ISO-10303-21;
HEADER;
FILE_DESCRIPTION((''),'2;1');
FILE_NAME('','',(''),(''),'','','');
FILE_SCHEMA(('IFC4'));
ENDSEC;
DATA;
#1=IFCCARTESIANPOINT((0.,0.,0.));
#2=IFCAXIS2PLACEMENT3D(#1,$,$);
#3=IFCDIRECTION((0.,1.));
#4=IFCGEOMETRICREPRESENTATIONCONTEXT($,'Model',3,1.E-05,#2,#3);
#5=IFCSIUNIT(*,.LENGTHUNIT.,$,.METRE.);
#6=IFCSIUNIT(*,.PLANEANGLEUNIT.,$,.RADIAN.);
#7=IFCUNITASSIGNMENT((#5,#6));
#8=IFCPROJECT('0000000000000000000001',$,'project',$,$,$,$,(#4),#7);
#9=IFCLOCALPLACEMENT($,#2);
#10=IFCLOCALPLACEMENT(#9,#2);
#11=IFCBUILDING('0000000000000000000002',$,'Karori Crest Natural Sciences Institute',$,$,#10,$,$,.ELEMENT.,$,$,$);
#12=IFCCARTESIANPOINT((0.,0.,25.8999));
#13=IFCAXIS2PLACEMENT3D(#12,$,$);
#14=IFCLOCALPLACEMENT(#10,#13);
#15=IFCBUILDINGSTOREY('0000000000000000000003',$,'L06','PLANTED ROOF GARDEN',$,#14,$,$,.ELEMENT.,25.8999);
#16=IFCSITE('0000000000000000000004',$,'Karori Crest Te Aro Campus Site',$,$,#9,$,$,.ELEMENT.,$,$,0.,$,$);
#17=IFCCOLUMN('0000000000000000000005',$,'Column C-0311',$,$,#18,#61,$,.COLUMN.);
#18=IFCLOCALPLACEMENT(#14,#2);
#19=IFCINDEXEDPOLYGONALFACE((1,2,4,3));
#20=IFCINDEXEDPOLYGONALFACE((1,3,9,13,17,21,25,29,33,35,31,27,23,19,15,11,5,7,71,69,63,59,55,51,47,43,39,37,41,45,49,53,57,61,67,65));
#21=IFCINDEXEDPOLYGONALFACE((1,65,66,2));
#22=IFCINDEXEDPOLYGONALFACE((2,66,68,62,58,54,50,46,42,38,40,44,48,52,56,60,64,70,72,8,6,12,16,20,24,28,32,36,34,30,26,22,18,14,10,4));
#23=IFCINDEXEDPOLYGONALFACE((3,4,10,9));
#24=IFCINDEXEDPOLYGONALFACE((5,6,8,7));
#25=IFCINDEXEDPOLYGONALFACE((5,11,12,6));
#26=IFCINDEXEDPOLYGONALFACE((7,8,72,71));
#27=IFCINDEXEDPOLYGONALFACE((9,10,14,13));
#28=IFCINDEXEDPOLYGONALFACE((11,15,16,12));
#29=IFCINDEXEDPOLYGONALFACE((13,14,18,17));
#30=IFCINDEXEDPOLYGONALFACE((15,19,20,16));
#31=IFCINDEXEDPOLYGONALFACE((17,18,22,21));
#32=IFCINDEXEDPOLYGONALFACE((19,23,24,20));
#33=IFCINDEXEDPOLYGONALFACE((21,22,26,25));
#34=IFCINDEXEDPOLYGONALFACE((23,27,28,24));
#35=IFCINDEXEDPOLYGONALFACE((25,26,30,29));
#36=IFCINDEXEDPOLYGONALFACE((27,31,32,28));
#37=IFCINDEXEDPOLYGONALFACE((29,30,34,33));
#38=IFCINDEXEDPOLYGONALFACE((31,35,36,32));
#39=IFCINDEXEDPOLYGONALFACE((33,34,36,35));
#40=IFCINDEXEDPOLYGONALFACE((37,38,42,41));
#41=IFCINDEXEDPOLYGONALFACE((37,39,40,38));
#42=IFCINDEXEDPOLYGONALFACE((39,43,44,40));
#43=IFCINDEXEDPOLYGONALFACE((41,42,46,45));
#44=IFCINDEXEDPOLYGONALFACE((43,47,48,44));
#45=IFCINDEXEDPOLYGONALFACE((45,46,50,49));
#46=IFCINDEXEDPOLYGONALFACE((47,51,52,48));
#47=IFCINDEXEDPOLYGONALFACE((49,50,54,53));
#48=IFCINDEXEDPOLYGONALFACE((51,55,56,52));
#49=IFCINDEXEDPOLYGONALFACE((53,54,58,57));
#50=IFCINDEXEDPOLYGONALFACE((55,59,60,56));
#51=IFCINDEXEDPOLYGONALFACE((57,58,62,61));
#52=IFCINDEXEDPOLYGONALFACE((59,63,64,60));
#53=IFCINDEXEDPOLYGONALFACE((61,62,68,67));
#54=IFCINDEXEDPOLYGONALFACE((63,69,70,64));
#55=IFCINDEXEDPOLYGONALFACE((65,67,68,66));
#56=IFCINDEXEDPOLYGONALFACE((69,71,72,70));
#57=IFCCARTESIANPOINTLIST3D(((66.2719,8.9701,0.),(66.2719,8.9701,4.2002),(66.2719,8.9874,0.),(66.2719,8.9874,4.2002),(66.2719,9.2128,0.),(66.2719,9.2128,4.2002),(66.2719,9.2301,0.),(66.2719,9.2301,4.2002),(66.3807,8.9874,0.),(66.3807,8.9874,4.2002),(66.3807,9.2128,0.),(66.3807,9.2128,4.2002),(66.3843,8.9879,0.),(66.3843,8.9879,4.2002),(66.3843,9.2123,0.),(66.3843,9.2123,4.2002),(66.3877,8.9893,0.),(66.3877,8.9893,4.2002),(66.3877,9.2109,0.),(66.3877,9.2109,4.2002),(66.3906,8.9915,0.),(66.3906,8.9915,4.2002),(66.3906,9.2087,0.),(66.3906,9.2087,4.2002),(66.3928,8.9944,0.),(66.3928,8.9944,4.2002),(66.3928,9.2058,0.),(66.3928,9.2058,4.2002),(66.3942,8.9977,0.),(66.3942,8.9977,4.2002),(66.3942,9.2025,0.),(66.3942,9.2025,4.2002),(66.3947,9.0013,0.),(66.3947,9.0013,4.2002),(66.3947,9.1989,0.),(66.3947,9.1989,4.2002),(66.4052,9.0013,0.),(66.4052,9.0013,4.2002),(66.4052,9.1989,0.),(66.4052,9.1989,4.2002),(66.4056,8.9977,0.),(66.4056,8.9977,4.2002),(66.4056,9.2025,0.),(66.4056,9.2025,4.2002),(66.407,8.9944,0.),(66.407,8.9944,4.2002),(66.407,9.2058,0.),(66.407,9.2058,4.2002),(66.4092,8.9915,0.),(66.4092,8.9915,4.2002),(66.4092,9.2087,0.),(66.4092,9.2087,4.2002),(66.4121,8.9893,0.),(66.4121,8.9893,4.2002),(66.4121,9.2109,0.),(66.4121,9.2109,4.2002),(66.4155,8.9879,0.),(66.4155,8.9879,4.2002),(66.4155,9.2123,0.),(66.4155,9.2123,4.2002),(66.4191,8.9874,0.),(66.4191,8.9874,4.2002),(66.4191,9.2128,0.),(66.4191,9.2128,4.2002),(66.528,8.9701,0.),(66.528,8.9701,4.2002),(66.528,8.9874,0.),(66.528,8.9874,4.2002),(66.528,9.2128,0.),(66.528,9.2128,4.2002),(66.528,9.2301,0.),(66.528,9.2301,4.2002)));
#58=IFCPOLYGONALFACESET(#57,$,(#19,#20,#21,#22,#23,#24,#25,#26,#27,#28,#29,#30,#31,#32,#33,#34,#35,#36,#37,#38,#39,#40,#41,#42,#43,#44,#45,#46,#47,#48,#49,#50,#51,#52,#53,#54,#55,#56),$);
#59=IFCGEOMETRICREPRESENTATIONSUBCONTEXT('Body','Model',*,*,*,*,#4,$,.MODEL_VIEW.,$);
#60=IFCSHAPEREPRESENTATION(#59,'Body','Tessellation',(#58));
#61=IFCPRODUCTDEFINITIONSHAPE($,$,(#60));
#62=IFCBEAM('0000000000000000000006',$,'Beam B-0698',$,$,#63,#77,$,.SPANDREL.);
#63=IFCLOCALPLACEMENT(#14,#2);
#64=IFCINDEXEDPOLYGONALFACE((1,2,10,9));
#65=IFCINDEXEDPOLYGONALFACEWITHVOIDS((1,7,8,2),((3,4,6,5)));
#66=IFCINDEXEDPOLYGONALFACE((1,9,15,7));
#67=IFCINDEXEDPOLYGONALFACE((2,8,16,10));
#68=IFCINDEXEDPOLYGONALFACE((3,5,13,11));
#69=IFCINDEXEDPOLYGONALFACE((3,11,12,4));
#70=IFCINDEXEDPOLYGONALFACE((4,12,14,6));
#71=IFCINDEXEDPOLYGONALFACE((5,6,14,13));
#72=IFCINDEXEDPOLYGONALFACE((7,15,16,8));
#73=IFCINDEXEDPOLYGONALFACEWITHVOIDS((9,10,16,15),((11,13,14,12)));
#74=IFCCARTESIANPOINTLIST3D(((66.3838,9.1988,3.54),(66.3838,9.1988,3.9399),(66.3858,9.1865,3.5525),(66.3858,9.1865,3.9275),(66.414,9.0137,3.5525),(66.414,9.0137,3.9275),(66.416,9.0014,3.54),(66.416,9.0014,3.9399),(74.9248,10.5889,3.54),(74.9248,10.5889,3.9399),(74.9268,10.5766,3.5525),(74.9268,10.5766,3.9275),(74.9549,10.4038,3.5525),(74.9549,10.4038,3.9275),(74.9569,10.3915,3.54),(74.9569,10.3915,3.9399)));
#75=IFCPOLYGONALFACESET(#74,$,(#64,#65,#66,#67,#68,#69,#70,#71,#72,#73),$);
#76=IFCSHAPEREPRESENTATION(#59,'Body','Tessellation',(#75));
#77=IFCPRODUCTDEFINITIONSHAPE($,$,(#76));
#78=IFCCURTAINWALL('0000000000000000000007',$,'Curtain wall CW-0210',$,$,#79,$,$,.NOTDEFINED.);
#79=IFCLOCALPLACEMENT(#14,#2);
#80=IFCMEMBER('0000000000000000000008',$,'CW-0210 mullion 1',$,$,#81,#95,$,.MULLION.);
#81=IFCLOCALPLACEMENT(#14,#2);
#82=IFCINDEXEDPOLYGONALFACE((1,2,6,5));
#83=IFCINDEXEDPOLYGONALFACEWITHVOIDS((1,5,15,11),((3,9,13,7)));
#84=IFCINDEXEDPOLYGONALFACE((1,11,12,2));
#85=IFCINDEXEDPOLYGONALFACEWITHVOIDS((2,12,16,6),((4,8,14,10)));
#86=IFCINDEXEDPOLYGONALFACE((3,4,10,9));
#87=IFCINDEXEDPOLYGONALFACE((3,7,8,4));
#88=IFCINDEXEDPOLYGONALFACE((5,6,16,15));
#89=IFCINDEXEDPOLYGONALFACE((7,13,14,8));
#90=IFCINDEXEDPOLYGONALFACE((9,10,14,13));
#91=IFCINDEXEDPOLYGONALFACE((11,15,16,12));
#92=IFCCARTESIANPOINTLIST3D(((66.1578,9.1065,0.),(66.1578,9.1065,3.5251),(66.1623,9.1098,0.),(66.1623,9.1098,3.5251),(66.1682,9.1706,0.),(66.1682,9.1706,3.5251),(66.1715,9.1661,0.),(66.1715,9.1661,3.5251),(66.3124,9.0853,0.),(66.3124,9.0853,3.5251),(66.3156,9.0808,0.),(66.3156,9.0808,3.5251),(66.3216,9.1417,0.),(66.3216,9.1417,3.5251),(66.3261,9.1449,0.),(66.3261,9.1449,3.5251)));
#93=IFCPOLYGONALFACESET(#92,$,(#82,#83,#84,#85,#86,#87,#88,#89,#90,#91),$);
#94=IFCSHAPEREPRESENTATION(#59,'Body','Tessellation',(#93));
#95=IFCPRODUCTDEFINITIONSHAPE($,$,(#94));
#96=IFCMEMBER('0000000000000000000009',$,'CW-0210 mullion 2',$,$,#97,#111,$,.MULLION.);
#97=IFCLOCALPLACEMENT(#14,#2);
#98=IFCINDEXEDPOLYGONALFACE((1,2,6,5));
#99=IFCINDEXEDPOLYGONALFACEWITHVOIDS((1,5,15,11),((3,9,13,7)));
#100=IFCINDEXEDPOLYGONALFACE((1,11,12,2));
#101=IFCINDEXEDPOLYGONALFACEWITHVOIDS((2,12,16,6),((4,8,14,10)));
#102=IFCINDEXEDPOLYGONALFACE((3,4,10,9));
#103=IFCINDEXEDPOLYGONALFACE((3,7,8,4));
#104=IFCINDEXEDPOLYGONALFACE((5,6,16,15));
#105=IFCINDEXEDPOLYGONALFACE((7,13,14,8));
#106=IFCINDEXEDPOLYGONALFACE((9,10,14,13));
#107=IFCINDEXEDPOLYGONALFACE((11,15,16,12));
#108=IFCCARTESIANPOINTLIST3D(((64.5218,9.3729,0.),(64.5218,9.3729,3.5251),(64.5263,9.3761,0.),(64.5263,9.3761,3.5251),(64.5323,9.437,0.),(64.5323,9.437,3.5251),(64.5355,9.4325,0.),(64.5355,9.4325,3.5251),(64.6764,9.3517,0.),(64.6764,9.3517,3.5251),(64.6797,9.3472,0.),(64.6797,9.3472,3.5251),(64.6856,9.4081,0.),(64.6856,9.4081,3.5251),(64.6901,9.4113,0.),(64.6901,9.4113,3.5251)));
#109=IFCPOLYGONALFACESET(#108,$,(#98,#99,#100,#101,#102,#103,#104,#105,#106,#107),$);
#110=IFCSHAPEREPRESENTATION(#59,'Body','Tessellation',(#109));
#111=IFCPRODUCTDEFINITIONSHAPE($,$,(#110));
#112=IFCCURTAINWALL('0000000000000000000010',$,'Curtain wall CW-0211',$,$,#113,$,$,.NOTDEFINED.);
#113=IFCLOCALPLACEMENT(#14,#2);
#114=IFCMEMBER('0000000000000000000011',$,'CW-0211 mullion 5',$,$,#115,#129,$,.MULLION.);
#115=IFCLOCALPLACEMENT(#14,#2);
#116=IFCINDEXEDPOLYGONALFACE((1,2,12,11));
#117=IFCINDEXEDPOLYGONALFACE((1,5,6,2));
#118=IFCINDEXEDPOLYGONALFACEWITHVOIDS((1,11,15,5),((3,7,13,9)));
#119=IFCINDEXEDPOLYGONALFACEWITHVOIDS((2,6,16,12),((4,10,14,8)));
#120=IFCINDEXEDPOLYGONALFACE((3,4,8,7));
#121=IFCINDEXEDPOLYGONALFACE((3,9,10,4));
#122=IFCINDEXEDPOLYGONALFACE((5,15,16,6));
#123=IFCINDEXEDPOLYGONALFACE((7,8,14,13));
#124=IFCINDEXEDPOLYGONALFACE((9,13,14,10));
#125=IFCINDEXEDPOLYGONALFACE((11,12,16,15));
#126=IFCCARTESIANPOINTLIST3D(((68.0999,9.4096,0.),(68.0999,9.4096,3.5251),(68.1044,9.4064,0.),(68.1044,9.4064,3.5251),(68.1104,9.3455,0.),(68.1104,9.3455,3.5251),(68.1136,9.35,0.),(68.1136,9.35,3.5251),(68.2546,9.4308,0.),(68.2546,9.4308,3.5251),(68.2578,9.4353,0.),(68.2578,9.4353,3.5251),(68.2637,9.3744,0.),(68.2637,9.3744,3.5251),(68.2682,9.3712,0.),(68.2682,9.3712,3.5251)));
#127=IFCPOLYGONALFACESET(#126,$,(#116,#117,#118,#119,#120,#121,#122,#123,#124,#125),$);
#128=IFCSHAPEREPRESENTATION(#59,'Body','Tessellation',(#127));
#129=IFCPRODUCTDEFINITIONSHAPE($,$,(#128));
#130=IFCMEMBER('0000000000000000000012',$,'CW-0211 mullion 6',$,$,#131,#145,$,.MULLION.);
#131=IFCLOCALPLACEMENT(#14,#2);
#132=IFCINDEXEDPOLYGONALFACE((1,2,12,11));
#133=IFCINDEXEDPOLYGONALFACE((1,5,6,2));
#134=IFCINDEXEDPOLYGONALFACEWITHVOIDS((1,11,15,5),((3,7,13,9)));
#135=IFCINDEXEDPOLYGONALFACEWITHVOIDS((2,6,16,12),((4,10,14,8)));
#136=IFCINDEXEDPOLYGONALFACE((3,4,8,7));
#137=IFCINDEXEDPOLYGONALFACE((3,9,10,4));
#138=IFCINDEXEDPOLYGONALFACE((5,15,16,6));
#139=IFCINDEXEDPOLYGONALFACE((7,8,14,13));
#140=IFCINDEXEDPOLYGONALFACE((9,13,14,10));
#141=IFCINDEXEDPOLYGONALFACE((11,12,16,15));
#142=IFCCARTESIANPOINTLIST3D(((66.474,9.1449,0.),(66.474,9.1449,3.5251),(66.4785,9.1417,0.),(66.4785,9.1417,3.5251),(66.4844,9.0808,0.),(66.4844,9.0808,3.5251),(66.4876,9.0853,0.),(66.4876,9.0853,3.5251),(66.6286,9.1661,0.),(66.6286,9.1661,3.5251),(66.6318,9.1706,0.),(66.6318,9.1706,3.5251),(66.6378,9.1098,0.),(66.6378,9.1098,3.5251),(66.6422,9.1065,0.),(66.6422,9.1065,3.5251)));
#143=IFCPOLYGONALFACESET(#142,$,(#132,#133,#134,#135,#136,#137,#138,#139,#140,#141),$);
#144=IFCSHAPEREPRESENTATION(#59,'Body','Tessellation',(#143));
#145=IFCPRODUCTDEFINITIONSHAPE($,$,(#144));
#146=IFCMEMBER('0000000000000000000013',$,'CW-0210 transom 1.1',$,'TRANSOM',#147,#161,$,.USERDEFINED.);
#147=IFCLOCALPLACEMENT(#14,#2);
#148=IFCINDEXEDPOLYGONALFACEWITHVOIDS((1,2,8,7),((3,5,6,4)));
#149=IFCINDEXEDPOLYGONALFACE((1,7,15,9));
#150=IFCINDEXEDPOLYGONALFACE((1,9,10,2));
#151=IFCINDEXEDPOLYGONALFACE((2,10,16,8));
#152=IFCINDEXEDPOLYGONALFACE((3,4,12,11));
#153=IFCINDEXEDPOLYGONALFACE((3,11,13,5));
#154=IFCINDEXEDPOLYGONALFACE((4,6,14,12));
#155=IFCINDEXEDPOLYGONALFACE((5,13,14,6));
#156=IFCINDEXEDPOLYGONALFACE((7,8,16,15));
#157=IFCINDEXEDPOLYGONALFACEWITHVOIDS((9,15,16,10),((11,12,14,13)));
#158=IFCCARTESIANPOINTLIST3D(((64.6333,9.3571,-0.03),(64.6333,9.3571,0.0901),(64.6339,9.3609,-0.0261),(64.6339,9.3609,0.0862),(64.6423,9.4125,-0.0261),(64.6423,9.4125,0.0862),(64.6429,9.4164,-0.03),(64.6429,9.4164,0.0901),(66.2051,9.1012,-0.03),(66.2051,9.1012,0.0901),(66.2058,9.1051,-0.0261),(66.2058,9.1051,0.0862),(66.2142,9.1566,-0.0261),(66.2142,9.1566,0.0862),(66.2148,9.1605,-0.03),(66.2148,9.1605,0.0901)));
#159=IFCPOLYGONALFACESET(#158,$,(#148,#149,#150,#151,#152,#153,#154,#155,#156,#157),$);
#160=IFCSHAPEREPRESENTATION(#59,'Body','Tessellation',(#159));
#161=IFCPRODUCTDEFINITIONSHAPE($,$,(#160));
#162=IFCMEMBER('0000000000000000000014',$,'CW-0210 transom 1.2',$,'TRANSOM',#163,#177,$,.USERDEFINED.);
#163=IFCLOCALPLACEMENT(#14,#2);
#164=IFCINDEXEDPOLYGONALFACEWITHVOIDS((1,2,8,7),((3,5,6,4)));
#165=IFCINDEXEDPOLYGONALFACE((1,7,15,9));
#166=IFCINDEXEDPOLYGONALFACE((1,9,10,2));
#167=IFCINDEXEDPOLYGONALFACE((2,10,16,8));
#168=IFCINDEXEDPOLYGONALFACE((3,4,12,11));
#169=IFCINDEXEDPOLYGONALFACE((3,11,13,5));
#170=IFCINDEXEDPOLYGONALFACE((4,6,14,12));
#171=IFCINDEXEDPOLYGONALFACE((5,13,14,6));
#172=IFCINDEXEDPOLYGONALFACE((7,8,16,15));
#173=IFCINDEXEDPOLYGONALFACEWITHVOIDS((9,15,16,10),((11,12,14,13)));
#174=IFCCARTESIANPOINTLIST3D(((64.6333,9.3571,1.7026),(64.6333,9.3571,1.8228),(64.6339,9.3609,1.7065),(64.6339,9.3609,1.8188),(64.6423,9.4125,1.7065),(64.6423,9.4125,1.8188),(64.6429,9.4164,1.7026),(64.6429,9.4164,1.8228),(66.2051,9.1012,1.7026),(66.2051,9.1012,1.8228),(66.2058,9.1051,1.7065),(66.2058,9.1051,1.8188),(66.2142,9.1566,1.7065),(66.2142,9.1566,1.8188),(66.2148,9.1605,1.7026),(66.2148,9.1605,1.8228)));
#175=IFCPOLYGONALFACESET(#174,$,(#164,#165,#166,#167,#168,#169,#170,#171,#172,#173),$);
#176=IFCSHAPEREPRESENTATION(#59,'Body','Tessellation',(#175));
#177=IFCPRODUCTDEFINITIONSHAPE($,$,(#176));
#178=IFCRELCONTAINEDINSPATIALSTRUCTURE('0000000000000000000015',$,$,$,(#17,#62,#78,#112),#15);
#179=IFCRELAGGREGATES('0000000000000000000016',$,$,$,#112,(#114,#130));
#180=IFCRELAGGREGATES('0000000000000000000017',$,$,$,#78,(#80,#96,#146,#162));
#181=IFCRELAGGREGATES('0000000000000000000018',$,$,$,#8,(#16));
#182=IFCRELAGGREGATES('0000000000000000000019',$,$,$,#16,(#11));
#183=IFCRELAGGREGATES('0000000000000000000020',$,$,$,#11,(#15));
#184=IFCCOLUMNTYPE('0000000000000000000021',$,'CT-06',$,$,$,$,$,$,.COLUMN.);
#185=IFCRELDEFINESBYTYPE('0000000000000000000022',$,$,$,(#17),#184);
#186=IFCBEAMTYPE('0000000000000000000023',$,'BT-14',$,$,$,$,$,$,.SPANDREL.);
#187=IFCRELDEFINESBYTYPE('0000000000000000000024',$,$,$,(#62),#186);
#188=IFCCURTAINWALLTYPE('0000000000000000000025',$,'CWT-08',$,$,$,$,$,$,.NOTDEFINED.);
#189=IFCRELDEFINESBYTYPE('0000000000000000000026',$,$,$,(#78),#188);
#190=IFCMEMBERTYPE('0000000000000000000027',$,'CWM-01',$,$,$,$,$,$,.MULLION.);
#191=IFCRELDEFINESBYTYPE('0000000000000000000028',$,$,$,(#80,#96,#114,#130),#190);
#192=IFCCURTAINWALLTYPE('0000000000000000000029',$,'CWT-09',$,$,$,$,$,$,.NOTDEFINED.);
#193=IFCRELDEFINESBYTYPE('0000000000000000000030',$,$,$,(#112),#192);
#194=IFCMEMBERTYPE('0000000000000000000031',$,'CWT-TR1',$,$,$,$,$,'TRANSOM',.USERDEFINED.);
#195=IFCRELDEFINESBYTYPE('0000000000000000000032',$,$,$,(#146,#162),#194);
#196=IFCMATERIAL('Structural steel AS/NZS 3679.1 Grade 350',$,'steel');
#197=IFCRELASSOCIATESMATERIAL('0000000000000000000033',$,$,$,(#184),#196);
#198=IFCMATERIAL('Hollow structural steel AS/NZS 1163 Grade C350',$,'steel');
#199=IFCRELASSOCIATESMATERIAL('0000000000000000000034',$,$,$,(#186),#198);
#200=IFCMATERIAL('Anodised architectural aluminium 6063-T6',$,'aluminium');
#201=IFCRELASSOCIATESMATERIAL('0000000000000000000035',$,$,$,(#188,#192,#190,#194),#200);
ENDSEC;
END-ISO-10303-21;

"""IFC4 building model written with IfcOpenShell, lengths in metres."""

from ifc_helpers import new_model, si_unit, direction, frame, origin, origin_2d, place, context, subcontext, project, spatial, hollow_rectangle, i_section, extrude, material, material_profile, profile_set, type_object, element, aggregate, save


model = new_model("IFC4")

# Units and contexts
model_context = context("Model", 3, precision=1e-05, world=origin(), true_north=direction((0.0, 1.0)))
body_context = subcontext(model_context, "Body", "Model", "MODEL_VIEW")
ifc_project = project(units=[si_unit("LENGTHUNIT", "METRE"), si_unit("PLANEANGLEUNIT", "RADIAN")], contexts=[model_context])

# Site, building, storey
site_placement = place(None, origin())
site = spatial("IfcSite", under=ifc_project, at=site_placement, Name="Karori Crest Te Aro Campus Site", CompositionType="ELEMENT", RefElevation=0.0)
building_placement = place(site_placement, origin())
building = spatial("IfcBuilding", under=site, at=building_placement, Name="Karori Crest Natural Sciences Institute", CompositionType="ELEMENT")
storey_placement = place(building_placement, frame((0.0, 0.0, 25.8999)))
storey = spatial("IfcBuildingStorey", under=building, at=storey_placement, Name="L06", Description="PLANTED ROOF GARDEN", CompositionType="ELEMENT", Elevation=25.8999)

# Column
ifc_material_1 = material(Name="Structural steel AS/NZS 3679.1 Grade 350", Category="steel")
ifc_material_profile_1 = material_profile(ifc_material_1, i_section(OverallWidth=0.2561, OverallDepth=0.26, WebThickness=0.0105, FlangeThickness=0.0173, FilletRadius=0.0139, at=origin_2d()), Name="250UC89.5")
ifc_profile_set_1 = profile_set([ifc_material_profile_1], Name="Structural steel AS/NZS 3679.1 Grade 350")
column_type = type_object("IfcColumnType", Name="CT-06", PredefinedType="COLUMN", material=ifc_profile_set_1)
column_placement = place(storey_placement, frame((66.3999, 9.1001, 0.0), z_axis=(0.0, 0.0, 1.0), x_axis=(1.0, 0.0, 0.0)))
element("IfcColumn", 1, at=column_placement, inside=storey, type_object=column_type, Name="Column C-0311", PredefinedType="COLUMN", context=body_context, shape_type="SweptSolid", body=[
    extrude(i_section(OverallWidth=0.2561, OverallDepth=0.26, WebThickness=0.0105, FlangeThickness=0.0173, FilletRadius=0.0139, at=origin_2d()), origin(), (0.0, 0.0, 1.0), 4.2002),
])

# Beam
ifc_material_2 = material(Name="Hollow structural steel AS/NZS 1163 Grade C350", Category="steel")
ifc_material_profile_2 = material_profile(ifc_material_2, hollow_rectangle(XDim=0.2, YDim=0.3999, WallThickness=0.0125, at=origin_2d()), Name="RHS400x200x12.5")
ifc_profile_set_2 = profile_set([ifc_material_profile_2], Name="Hollow structural steel AS/NZS 1163 Grade C350")
beam_type = type_object("IfcBeamType", Name="BT-14", PredefinedType="SPANDREL", material=ifc_profile_set_2)
beam_placement = place(storey_placement, frame((66.3999, 9.1001, 3.74), z_axis=(0.987012, 0.160646, 0.0), x_axis=(-0.160646, 0.987012, 0.0)))
element("IfcBeam", 2, at=beam_placement, inside=storey, type_object=beam_type, Name="Beam B-0698", PredefinedType="SPANDREL", context=body_context, shape_type="SweptSolid", body=[
    extrude(hollow_rectangle(XDim=0.2, YDim=0.3999, WallThickness=0.0125, at=origin_2d()), origin(), (0.0, 0.0, 1.0), 8.6533),
])

# Curtain walls, members
ifc_material_3 = material(Name="Anodised architectural aluminium 6063-T6", Category="aluminium")
curtain_wall_type_1 = type_object("IfcCurtainWallType", Name="CWT-08", PredefinedType="NOTDEFINED", material=ifc_material_3)
curtain_wall_1_placement = place(storey_placement, origin())
curtain_wall_1 = element("IfcCurtainWall", 3, at=curtain_wall_1_placement, inside=storey, type_object=curtain_wall_type_1, Name="Curtain wall CW-0210", PredefinedType="NOTDEFINED")
ifc_material_profile_3 = material_profile(ifc_material_3, hollow_rectangle(XDim=0.0649, YDim=0.1599, WallThickness=0.0039, at=origin_2d()), Name="CWM160x65x4")
ifc_profile_set_3 = profile_set([ifc_material_profile_3], Name="Anodised architectural aluminium 6063-T6")
member_type_1 = type_object("IfcMemberType", Name="CWM-01", PredefinedType="MULLION", material=ifc_profile_set_3)
member_1_placement = place(storey_placement, frame((66.2419, 9.1257, 0.0), z_axis=(0.0, 0.0, 1.0), x_axis=(-0.160655, -0.987011, 0.0)))
member_1 = element("IfcMember", 4, at=member_1_placement, type_object=member_type_1, Name="CW-0210 mullion 1", PredefinedType="MULLION", context=body_context, shape_type="SweptSolid", body=[
    extrude(hollow_rectangle(XDim=0.0649, YDim=0.1599, WallThickness=0.0039, at=origin_2d()), origin(), (0.0, 0.0, 1.0), 3.5251),
])
member_2_placement = place(storey_placement, frame((64.606, 9.3921, 0.0), z_axis=(0.0, 0.0, 1.0), x_axis=(-0.160655, -0.987011, 0.0)))
member_2 = element("IfcMember", 5, at=member_2_placement, type_object=member_type_1, Name="CW-0210 mullion 2", PredefinedType="MULLION", context=body_context, shape_type="SweptSolid", body=[
    extrude(hollow_rectangle(XDim=0.0649, YDim=0.1599, WallThickness=0.0039, at=origin_2d()), origin(), (0.0, 0.0, 1.0), 3.5251),
])
curtain_wall_type_2 = type_object("IfcCurtainWallType", Name="CWT-09", PredefinedType="NOTDEFINED", material=ifc_material_3)
curtain_wall_2_placement = place(storey_placement, origin())
curtain_wall_2 = element("IfcCurtainWall", 6, at=curtain_wall_2_placement, inside=storey, type_object=curtain_wall_type_2, Name="Curtain wall CW-0211", PredefinedType="NOTDEFINED")
member_3_placement = place(storey_placement, frame((68.1841, 9.3904, 0.0), z_axis=(0.0, 0.0, 1.0), x_axis=(0.16065, -0.987011, 0.0)))
member_3 = element("IfcMember", 7, at=member_3_placement, type_object=member_type_1, Name="CW-0211 mullion 5", PredefinedType="MULLION", context=body_context, shape_type="SweptSolid", body=[
    extrude(hollow_rectangle(XDim=0.0649, YDim=0.1599, WallThickness=0.0039, at=origin_2d()), origin(), (0.0, 0.0, 1.0), 3.5251),
])
member_4_placement = place(storey_placement, frame((66.5581, 9.1257, 0.0), z_axis=(0.0, 0.0, 1.0), x_axis=(0.16065, -0.987011, 0.0)))
member_4 = element("IfcMember", 8, at=member_4_placement, type_object=member_type_1, Name="CW-0211 mullion 6", PredefinedType="MULLION", context=body_context, shape_type="SweptSolid", body=[
    extrude(hollow_rectangle(XDim=0.0649, YDim=0.1599, WallThickness=0.0039, at=origin_2d()), origin(), (0.0, 0.0, 1.0), 3.5251),
])

# Members
ifc_material_profile_4 = material_profile(ifc_material_3, hollow_rectangle(XDim=0.0601, YDim=0.1201, WallThickness=0.0039, at=origin_2d()), Name="CWT120x60x4")
ifc_profile_set_4 = profile_set([ifc_material_profile_4], Name="Anodised architectural aluminium 6063-T6")
member_type_2 = type_object("IfcMemberType", Name="CWT-TR1", ElementType="TRANSOM", PredefinedType="USERDEFINED", material=ifc_profile_set_4)
member_5_placement = place(storey_placement, frame((66.21, 9.1309, 0.03), z_axis=(-0.987008, 0.160669, 0.0), x_axis=(-0.160669, -0.987008, 0.0)))
member_5 = element("IfcMember", 9, at=member_5_placement, type_object=member_type_2, Name="CW-0210 transom 1.1", ObjectType="TRANSOM", PredefinedType="USERDEFINED", context=body_context, shape_type="SweptSolid", body=[
    extrude(hollow_rectangle(XDim=0.0601, YDim=0.1201, WallThickness=0.0039, at=origin_2d()), origin(), (0.0, 0.0, 1.0), 1.5925),
])
member_6_placement = place(storey_placement, frame((66.21, 9.1309, 1.7627), z_axis=(-0.987008, 0.160669, 0.0), x_axis=(-0.160669, -0.987008, 0.0)))
member_6 = element("IfcMember", 10, at=member_6_placement, type_object=member_type_2, Name="CW-0210 transom 1.2", ObjectType="TRANSOM", PredefinedType="USERDEFINED", context=body_context, shape_type="SweptSolid", body=[
    extrude(hollow_rectangle(XDim=0.0601, YDim=0.1201, WallThickness=0.0039, at=origin_2d()), origin(), (0.0, 0.0, 1.0), 1.5925),
])

aggregate(curtain_wall_2, [member_3, member_4])
aggregate(curtain_wall_1, [member_1, member_2, member_5, member_6])

save(model, "model.ifc")
